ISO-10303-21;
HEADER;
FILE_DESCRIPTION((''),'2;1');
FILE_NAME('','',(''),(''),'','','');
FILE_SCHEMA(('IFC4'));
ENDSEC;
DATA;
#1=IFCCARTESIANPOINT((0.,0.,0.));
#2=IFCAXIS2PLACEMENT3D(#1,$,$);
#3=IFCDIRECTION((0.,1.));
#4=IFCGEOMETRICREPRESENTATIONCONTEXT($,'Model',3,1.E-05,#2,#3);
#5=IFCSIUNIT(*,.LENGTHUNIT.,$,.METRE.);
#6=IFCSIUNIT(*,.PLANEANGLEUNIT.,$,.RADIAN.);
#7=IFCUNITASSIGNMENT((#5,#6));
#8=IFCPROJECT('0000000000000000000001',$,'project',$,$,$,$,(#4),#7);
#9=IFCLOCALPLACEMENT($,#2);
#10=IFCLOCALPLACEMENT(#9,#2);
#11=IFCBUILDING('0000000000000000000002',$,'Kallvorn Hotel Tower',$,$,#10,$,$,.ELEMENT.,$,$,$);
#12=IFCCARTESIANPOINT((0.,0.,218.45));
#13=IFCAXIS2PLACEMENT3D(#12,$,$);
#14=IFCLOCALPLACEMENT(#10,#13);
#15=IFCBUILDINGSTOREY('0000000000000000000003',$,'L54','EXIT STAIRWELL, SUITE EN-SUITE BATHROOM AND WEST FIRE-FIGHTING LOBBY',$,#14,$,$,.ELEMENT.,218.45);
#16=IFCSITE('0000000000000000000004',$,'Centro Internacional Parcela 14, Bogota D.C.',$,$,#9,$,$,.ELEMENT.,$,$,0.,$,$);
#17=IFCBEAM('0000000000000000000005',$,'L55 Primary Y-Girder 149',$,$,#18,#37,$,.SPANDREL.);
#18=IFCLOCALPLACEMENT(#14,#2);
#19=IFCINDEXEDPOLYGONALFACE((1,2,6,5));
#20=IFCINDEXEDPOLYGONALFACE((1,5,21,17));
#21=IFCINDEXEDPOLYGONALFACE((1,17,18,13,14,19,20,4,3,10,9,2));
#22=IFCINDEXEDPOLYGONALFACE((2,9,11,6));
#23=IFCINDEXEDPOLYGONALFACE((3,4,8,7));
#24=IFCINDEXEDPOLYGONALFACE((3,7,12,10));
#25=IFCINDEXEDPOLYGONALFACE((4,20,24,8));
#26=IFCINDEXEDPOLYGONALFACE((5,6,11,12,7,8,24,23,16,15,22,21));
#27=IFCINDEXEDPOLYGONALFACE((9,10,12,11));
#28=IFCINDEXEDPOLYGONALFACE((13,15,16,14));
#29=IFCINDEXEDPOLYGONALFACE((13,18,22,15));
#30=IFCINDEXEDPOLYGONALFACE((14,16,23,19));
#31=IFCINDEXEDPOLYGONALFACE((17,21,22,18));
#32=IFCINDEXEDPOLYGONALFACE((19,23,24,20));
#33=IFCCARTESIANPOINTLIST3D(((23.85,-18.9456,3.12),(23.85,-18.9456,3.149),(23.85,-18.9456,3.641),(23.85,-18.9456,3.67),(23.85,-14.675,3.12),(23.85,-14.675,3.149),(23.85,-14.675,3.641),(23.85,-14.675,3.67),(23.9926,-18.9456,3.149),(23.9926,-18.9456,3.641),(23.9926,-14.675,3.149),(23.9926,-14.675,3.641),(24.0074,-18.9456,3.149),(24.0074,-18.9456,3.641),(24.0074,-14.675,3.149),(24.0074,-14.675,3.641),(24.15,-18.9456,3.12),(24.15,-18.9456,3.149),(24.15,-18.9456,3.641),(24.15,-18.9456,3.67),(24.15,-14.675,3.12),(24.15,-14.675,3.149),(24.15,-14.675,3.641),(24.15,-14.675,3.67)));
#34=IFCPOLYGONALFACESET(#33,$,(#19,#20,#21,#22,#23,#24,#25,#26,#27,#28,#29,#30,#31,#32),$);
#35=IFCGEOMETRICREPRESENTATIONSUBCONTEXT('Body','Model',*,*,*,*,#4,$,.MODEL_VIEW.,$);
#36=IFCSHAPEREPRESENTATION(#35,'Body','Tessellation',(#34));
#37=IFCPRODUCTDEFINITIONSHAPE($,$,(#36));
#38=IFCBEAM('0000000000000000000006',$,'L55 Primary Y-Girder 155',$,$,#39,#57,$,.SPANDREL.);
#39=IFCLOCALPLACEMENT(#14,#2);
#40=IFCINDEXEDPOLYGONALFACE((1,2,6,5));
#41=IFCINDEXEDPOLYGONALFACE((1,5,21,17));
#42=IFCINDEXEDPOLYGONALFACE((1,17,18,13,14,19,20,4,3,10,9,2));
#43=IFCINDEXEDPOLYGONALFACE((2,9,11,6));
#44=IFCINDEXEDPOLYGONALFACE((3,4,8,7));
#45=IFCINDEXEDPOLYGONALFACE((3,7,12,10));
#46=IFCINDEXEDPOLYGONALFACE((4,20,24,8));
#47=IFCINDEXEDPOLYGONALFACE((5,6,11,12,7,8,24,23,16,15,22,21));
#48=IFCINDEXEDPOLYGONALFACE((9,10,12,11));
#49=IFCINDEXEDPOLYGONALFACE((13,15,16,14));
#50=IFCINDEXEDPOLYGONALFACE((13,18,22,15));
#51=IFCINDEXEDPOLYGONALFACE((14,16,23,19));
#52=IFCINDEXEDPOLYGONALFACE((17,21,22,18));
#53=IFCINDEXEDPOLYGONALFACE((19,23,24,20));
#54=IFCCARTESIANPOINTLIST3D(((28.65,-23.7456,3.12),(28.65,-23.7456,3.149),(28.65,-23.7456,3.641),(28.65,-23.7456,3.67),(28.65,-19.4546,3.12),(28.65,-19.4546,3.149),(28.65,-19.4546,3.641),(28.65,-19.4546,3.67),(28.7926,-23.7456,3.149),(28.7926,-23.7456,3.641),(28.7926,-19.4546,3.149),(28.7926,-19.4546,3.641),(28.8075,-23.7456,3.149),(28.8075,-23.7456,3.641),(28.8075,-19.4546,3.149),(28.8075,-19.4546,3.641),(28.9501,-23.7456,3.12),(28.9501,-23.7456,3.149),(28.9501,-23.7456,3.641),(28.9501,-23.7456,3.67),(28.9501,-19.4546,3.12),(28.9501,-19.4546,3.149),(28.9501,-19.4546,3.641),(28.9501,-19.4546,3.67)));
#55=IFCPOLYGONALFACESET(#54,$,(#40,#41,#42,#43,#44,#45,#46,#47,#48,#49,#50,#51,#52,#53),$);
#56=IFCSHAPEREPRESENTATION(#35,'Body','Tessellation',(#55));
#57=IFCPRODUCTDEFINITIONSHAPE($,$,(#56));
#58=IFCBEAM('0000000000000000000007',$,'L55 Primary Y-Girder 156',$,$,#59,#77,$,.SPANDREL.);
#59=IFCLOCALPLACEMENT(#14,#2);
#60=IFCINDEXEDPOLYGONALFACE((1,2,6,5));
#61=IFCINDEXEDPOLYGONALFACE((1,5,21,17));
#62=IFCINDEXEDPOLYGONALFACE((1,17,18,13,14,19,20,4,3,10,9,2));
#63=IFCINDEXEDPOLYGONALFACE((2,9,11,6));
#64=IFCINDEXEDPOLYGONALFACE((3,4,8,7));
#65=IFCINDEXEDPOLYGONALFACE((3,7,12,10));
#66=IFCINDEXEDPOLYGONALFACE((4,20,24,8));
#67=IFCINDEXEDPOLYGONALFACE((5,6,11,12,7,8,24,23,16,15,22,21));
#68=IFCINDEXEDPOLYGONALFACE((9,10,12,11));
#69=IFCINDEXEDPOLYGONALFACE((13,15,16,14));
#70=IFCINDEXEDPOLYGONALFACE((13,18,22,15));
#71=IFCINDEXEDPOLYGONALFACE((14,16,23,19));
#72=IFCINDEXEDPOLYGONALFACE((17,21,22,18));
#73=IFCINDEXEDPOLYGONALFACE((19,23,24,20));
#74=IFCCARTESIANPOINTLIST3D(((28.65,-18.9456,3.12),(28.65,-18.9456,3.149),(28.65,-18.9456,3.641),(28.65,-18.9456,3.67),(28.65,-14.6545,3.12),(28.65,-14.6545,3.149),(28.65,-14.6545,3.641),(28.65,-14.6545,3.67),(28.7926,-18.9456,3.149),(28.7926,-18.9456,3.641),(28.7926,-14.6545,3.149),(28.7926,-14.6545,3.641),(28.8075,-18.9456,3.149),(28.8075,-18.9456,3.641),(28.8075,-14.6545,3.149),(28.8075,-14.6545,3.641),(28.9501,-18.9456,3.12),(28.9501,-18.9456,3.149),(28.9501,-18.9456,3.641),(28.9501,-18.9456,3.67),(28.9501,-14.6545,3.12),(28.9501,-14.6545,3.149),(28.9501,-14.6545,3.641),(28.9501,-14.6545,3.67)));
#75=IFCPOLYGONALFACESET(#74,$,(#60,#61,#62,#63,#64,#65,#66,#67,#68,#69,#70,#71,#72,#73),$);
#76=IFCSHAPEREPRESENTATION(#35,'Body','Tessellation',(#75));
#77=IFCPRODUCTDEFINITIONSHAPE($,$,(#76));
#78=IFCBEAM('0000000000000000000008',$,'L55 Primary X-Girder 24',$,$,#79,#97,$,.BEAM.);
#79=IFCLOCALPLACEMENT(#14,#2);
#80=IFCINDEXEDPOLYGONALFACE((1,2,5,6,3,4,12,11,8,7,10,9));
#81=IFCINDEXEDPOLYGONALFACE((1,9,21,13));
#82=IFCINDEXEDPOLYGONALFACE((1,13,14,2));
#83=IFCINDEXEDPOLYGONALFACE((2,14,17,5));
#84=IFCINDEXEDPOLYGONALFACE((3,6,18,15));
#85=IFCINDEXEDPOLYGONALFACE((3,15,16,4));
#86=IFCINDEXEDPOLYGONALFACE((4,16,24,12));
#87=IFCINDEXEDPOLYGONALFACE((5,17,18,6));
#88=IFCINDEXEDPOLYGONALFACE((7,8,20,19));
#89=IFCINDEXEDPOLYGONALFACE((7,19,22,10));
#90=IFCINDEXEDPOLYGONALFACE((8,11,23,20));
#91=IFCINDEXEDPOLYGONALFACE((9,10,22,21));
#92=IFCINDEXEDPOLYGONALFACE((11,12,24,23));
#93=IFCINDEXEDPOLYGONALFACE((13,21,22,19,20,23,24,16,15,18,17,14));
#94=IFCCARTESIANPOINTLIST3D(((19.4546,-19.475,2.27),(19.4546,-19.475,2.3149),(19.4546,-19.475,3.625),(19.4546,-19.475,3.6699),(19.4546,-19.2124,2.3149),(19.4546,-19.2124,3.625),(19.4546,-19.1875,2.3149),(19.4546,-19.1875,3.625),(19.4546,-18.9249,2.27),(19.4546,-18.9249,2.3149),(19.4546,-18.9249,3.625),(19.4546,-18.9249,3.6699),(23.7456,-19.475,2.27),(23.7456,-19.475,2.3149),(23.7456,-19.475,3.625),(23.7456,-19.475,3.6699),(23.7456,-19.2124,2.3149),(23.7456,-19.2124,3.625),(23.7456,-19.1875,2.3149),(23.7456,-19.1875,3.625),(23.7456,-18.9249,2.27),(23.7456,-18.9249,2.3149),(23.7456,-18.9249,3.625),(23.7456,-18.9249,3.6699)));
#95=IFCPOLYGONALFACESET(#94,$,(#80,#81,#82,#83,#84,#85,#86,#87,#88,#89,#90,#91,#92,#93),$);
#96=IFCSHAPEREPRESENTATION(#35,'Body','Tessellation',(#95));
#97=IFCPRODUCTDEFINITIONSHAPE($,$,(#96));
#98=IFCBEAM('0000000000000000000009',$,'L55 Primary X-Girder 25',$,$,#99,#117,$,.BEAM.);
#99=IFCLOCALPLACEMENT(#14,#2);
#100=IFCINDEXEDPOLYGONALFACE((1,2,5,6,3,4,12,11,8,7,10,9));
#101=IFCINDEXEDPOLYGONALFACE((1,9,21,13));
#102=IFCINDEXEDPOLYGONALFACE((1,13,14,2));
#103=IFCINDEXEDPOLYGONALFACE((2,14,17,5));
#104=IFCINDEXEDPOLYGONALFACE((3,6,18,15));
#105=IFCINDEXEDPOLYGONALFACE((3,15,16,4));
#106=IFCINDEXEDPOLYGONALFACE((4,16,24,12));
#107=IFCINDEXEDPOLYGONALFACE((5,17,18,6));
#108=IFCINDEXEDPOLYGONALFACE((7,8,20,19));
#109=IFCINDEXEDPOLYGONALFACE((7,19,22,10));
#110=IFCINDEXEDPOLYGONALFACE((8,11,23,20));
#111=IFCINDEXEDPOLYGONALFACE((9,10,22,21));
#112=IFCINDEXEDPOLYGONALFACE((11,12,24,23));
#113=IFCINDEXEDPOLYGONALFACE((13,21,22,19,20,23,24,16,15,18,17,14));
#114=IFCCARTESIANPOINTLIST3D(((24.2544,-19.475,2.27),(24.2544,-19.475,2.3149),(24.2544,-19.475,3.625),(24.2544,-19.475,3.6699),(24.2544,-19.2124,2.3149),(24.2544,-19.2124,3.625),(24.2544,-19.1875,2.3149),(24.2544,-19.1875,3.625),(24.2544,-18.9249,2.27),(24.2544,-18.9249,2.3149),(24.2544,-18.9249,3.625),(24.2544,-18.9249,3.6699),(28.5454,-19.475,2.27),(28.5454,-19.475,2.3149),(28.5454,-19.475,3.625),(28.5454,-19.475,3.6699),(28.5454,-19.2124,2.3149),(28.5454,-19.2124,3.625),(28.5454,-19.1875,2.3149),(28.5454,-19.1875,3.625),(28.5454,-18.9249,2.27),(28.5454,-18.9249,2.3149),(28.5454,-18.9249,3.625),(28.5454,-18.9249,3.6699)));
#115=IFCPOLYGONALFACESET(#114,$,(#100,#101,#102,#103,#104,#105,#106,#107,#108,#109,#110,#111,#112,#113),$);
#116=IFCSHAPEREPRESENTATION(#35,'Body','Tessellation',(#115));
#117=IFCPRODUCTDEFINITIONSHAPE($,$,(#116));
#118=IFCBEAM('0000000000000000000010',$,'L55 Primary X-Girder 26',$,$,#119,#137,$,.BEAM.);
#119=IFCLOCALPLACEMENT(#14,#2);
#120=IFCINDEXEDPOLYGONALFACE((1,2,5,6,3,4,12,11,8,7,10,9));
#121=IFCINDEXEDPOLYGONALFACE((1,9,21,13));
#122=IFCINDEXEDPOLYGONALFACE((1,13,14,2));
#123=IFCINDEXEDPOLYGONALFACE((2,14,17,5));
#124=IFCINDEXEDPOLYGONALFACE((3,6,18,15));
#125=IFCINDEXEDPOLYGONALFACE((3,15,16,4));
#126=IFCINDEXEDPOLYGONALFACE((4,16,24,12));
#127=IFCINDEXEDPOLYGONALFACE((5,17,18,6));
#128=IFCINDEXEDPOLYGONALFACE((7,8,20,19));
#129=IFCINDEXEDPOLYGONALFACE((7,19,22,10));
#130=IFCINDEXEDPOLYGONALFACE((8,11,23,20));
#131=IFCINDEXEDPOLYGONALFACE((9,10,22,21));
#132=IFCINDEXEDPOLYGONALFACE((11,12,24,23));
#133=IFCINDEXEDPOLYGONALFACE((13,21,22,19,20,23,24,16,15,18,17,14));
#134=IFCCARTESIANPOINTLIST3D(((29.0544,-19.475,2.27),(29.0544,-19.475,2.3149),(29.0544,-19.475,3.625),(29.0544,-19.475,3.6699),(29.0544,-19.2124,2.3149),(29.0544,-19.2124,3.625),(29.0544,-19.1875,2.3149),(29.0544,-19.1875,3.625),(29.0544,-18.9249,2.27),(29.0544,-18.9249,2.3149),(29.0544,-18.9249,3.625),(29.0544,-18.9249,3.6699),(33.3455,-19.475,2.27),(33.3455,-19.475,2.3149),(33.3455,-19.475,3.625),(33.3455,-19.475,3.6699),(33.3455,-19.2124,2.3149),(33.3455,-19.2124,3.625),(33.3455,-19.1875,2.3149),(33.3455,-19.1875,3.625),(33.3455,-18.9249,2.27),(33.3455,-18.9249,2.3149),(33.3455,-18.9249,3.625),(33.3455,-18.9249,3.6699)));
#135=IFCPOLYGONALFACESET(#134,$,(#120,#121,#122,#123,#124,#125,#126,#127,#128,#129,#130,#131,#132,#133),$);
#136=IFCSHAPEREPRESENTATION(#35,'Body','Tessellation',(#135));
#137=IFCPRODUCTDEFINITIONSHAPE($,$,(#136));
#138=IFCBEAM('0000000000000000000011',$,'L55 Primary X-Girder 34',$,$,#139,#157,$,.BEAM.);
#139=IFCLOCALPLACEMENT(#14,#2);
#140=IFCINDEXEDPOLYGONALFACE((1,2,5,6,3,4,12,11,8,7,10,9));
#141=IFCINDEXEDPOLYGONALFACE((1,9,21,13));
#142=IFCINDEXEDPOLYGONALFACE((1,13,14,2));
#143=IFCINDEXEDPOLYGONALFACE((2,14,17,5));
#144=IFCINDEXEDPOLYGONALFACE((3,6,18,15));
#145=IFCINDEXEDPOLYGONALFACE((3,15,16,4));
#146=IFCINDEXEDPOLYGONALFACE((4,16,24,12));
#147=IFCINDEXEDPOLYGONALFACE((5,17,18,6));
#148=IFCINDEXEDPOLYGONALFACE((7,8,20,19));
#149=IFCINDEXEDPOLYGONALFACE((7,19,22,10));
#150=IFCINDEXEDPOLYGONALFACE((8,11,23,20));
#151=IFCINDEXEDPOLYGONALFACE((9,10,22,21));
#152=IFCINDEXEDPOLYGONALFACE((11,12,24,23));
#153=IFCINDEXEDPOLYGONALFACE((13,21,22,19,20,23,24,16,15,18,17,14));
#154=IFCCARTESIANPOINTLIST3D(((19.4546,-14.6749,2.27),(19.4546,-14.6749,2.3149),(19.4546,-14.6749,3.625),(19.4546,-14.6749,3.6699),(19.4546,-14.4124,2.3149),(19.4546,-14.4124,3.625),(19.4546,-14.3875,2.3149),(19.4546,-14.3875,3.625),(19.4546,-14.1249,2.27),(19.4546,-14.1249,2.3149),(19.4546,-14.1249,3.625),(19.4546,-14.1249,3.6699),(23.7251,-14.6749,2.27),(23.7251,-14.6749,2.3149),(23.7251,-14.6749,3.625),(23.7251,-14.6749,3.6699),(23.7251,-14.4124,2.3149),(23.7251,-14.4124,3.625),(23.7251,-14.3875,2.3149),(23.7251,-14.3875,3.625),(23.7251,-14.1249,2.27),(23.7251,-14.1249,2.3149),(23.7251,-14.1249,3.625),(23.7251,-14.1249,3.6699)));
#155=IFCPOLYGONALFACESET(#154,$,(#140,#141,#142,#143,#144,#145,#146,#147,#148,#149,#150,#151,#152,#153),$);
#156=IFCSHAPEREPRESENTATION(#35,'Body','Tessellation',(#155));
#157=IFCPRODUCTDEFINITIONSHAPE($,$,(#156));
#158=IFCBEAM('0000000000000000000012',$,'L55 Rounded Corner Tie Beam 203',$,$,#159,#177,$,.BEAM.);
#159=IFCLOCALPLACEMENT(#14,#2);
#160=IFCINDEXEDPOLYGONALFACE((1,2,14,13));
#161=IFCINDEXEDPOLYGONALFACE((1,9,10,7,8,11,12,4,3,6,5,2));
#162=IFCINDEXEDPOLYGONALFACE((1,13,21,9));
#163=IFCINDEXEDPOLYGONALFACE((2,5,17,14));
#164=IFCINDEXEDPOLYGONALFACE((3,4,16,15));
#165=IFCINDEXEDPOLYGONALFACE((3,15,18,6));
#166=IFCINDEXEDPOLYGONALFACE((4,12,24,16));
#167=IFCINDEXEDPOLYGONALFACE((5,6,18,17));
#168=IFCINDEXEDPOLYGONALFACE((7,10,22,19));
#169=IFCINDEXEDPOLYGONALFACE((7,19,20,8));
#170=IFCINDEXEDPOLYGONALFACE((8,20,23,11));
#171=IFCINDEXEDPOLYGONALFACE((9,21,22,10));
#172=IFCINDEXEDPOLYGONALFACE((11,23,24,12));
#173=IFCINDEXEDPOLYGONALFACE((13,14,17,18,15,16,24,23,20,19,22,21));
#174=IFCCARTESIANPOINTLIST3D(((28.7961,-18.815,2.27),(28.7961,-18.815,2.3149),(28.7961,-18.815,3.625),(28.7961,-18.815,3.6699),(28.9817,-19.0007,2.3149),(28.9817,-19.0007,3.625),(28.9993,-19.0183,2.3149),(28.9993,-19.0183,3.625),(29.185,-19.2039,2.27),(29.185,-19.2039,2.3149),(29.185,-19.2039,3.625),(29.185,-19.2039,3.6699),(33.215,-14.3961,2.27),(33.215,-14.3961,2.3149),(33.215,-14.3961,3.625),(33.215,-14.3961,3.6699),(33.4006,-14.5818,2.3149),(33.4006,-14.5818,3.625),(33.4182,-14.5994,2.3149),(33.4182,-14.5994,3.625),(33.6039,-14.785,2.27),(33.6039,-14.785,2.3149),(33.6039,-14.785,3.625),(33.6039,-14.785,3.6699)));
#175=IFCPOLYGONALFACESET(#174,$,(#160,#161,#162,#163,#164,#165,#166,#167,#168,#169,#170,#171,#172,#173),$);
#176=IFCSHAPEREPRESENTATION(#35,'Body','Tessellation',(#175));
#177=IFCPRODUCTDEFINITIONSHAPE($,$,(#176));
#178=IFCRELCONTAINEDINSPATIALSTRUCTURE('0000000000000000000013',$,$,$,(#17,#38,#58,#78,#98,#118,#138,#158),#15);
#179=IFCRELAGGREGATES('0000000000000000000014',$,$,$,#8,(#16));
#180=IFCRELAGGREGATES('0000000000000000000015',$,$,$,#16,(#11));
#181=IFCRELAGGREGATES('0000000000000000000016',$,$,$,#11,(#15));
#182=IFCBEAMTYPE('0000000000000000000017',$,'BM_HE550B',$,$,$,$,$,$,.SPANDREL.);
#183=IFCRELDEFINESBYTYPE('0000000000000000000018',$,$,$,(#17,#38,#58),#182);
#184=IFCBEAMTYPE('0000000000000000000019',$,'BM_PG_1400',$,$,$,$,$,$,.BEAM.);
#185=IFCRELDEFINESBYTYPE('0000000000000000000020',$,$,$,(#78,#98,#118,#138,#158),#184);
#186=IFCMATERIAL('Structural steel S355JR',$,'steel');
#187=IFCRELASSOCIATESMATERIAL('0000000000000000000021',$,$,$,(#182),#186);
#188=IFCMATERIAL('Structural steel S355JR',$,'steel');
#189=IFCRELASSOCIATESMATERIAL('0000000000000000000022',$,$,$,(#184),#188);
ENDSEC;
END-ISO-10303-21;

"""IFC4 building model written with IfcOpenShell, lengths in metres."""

from ifc_helpers import new_model, si_unit, direction, frame, origin, origin_2d, place, context, subcontext, project, spatial, i_section, extrude, material, material_profile, profile_set, type_object, element, save


model = new_model("IFC4")

# Units and contexts
model_context = context("Model", 3, precision=1e-05, world=origin(), true_north=direction((0.0, 1.0)))
body_context = subcontext(model_context, "Body", "Model", "MODEL_VIEW")
ifc_project = project(units=[si_unit("LENGTHUNIT", "METRE"), si_unit("PLANEANGLEUNIT", "RADIAN")], contexts=[model_context])

# Site, building, storey
site_placement = place(None, origin())
site = spatial("IfcSite", under=ifc_project, at=site_placement, Name="Centro Internacional Parcela 14, Bogota D.C.", CompositionType="ELEMENT", RefElevation=0.0)
building_placement = place(site_placement, origin())
building = spatial("IfcBuilding", under=site, at=building_placement, Name="Kallvorn Hotel Tower", CompositionType="ELEMENT")
storey_placement = place(building_placement, frame((0.0, 0.0, 218.45)))
storey = spatial("IfcBuildingStorey", under=building, at=storey_placement, Name="L54", Description="EXIT STAIRWELL, SUITE EN-SUITE BATHROOM AND WEST FIRE-FIGHTING LOBBY", CompositionType="ELEMENT", Elevation=218.45)

# Beams
ifc_material_1 = material(Name="Structural steel S355JR", Category="steel")
ifc_material_profile_1 = material_profile(ifc_material_1, i_section(OverallWidth=0.3, OverallDepth=0.55, WebThickness=0.0149, FlangeThickness=0.0291, at=origin_2d()), Name="HE 550 B")
ifc_profile_set_1 = profile_set([ifc_material_profile_1], Name="Structural steel S355JR")
beam_type_1 = type_object("IfcBeamType", Name="BM_HE550B", PredefinedType="SPANDREL", material=ifc_profile_set_1)
beam_1_placement = place(storey_placement, frame((24.0, -18.9456, 3.395), z_axis=(0.0, 1.0, 0.0), x_axis=(-1.0, 0.0, 0.0)))
element("IfcBeam", 1, at=beam_1_placement, inside=storey, type_object=beam_type_1, Name="L55 Primary Y-Girder 149", PredefinedType="SPANDREL", context=body_context, shape_type="SweptSolid", body=[
    extrude(i_section(OverallWidth=0.3, OverallDepth=0.55, WebThickness=0.0149, FlangeThickness=0.0291, at=origin_2d()), origin(), (0.0, 0.0, 1.0), 4.2705),
])
for number, where, z_axis, x_axis, name in (
    (2, (28.8, -23.7456, 3.395), (0.0, 1.0, 0.0), (-1.0, 0.0, 0.0), "L55 Primary Y-Girder 155"),
    (3, (28.8, -18.9456, 3.395), (0.0, 1.0, 0.0), (-1.0, 0.0, 0.0), "L55 Primary Y-Girder 156"),
):
    element("IfcBeam", number, at=place(storey_placement, frame(where, z_axis=z_axis, x_axis=x_axis)), inside=storey, type_object=beam_type_1, Name=name, PredefinedType="SPANDREL", context=body_context, shape_type="SweptSolid", body=[
        extrude(i_section(OverallWidth=0.3, OverallDepth=0.55, WebThickness=0.0149, FlangeThickness=0.0291, at=origin_2d()), origin(), (0.0, 0.0, 1.0), 4.291),
    ])
ifc_material_2 = material(Name="Structural steel S355JR", Category="steel")
ifc_material_profile_2 = material_profile(ifc_material_2, i_section(OverallWidth=0.55, OverallDepth=1.3999, WebThickness=0.0249, FlangeThickness=0.0449, at=origin_2d()), Name="PG 1400x550x25x45")
ifc_profile_set_2 = profile_set([ifc_material_profile_2], Name="Structural steel S355JR")
beam_type_2 = type_object("IfcBeamType", Name="BM_PG_1400", PredefinedType="BEAM", material=ifc_profile_set_2)
for number, where, z_axis, x_axis, name in (
    (4, (19.4546, -19.2, 2.97), (1.0, 0.0, 0.0), (0.0, 1.0, 0.0), "L55 Primary X-Girder 24"),
    (5, (24.2544, -19.2, 2.97), (1.0, 0.0, 0.0), (0.0, 1.0, 0.0), "L55 Primary X-Girder 25"),
    (6, (29.0544, -19.2, 2.97), (1.0, 0.0, 0.0), (0.0, 1.0, 0.0), "L55 Primary X-Girder 26"),
):
    element("IfcBeam", number, at=place(storey_placement, frame(where, z_axis=z_axis, x_axis=x_axis)), inside=storey, type_object=beam_type_2, Name=name, PredefinedType="BEAM", context=body_context, shape_type="SweptSolid", body=[
        extrude(i_section(OverallWidth=0.55, OverallDepth=1.3999, WebThickness=0.0249, FlangeThickness=0.0449, at=origin_2d()), origin(), (0.0, 0.0, 1.0), 4.291),
    ])
beam_2_placement = place(storey_placement, frame((19.4546, -14.3999, 2.97), z_axis=(1.0, 0.0, 0.0), x_axis=(0.0, 1.0, 0.0)))
element("IfcBeam", 7, at=beam_2_placement, inside=storey, type_object=beam_type_2, Name="L55 Primary X-Girder 34", PredefinedType="BEAM", context=body_context, shape_type="SweptSolid", body=[
    extrude(i_section(OverallWidth=0.55, OverallDepth=1.3999, WebThickness=0.0249, FlangeThickness=0.0449, at=origin_2d()), origin(), (0.0, 0.0, 1.0), 4.2705),
])
beam_3_placement = place(storey_placement, frame((33.4094, -14.5906, 2.97), z_axis=(-0.707107, -0.707107, 0.0), x_axis=(0.707107, -0.707107, 0.0)))
element("IfcBeam", 8, at=beam_3_placement, inside=storey, type_object=beam_type_2, Name="L55 Rounded Corner Tie Beam 203", PredefinedType="BEAM", context=body_context, shape_type="SweptSolid", body=[
    extrude(i_section(OverallWidth=0.55, OverallDepth=1.3999, WebThickness=0.0249, FlangeThickness=0.0449, at=origin_2d()), origin(), (0.0, 0.0, 1.0), 6.2493),
])

save(model, "model.ifc")
